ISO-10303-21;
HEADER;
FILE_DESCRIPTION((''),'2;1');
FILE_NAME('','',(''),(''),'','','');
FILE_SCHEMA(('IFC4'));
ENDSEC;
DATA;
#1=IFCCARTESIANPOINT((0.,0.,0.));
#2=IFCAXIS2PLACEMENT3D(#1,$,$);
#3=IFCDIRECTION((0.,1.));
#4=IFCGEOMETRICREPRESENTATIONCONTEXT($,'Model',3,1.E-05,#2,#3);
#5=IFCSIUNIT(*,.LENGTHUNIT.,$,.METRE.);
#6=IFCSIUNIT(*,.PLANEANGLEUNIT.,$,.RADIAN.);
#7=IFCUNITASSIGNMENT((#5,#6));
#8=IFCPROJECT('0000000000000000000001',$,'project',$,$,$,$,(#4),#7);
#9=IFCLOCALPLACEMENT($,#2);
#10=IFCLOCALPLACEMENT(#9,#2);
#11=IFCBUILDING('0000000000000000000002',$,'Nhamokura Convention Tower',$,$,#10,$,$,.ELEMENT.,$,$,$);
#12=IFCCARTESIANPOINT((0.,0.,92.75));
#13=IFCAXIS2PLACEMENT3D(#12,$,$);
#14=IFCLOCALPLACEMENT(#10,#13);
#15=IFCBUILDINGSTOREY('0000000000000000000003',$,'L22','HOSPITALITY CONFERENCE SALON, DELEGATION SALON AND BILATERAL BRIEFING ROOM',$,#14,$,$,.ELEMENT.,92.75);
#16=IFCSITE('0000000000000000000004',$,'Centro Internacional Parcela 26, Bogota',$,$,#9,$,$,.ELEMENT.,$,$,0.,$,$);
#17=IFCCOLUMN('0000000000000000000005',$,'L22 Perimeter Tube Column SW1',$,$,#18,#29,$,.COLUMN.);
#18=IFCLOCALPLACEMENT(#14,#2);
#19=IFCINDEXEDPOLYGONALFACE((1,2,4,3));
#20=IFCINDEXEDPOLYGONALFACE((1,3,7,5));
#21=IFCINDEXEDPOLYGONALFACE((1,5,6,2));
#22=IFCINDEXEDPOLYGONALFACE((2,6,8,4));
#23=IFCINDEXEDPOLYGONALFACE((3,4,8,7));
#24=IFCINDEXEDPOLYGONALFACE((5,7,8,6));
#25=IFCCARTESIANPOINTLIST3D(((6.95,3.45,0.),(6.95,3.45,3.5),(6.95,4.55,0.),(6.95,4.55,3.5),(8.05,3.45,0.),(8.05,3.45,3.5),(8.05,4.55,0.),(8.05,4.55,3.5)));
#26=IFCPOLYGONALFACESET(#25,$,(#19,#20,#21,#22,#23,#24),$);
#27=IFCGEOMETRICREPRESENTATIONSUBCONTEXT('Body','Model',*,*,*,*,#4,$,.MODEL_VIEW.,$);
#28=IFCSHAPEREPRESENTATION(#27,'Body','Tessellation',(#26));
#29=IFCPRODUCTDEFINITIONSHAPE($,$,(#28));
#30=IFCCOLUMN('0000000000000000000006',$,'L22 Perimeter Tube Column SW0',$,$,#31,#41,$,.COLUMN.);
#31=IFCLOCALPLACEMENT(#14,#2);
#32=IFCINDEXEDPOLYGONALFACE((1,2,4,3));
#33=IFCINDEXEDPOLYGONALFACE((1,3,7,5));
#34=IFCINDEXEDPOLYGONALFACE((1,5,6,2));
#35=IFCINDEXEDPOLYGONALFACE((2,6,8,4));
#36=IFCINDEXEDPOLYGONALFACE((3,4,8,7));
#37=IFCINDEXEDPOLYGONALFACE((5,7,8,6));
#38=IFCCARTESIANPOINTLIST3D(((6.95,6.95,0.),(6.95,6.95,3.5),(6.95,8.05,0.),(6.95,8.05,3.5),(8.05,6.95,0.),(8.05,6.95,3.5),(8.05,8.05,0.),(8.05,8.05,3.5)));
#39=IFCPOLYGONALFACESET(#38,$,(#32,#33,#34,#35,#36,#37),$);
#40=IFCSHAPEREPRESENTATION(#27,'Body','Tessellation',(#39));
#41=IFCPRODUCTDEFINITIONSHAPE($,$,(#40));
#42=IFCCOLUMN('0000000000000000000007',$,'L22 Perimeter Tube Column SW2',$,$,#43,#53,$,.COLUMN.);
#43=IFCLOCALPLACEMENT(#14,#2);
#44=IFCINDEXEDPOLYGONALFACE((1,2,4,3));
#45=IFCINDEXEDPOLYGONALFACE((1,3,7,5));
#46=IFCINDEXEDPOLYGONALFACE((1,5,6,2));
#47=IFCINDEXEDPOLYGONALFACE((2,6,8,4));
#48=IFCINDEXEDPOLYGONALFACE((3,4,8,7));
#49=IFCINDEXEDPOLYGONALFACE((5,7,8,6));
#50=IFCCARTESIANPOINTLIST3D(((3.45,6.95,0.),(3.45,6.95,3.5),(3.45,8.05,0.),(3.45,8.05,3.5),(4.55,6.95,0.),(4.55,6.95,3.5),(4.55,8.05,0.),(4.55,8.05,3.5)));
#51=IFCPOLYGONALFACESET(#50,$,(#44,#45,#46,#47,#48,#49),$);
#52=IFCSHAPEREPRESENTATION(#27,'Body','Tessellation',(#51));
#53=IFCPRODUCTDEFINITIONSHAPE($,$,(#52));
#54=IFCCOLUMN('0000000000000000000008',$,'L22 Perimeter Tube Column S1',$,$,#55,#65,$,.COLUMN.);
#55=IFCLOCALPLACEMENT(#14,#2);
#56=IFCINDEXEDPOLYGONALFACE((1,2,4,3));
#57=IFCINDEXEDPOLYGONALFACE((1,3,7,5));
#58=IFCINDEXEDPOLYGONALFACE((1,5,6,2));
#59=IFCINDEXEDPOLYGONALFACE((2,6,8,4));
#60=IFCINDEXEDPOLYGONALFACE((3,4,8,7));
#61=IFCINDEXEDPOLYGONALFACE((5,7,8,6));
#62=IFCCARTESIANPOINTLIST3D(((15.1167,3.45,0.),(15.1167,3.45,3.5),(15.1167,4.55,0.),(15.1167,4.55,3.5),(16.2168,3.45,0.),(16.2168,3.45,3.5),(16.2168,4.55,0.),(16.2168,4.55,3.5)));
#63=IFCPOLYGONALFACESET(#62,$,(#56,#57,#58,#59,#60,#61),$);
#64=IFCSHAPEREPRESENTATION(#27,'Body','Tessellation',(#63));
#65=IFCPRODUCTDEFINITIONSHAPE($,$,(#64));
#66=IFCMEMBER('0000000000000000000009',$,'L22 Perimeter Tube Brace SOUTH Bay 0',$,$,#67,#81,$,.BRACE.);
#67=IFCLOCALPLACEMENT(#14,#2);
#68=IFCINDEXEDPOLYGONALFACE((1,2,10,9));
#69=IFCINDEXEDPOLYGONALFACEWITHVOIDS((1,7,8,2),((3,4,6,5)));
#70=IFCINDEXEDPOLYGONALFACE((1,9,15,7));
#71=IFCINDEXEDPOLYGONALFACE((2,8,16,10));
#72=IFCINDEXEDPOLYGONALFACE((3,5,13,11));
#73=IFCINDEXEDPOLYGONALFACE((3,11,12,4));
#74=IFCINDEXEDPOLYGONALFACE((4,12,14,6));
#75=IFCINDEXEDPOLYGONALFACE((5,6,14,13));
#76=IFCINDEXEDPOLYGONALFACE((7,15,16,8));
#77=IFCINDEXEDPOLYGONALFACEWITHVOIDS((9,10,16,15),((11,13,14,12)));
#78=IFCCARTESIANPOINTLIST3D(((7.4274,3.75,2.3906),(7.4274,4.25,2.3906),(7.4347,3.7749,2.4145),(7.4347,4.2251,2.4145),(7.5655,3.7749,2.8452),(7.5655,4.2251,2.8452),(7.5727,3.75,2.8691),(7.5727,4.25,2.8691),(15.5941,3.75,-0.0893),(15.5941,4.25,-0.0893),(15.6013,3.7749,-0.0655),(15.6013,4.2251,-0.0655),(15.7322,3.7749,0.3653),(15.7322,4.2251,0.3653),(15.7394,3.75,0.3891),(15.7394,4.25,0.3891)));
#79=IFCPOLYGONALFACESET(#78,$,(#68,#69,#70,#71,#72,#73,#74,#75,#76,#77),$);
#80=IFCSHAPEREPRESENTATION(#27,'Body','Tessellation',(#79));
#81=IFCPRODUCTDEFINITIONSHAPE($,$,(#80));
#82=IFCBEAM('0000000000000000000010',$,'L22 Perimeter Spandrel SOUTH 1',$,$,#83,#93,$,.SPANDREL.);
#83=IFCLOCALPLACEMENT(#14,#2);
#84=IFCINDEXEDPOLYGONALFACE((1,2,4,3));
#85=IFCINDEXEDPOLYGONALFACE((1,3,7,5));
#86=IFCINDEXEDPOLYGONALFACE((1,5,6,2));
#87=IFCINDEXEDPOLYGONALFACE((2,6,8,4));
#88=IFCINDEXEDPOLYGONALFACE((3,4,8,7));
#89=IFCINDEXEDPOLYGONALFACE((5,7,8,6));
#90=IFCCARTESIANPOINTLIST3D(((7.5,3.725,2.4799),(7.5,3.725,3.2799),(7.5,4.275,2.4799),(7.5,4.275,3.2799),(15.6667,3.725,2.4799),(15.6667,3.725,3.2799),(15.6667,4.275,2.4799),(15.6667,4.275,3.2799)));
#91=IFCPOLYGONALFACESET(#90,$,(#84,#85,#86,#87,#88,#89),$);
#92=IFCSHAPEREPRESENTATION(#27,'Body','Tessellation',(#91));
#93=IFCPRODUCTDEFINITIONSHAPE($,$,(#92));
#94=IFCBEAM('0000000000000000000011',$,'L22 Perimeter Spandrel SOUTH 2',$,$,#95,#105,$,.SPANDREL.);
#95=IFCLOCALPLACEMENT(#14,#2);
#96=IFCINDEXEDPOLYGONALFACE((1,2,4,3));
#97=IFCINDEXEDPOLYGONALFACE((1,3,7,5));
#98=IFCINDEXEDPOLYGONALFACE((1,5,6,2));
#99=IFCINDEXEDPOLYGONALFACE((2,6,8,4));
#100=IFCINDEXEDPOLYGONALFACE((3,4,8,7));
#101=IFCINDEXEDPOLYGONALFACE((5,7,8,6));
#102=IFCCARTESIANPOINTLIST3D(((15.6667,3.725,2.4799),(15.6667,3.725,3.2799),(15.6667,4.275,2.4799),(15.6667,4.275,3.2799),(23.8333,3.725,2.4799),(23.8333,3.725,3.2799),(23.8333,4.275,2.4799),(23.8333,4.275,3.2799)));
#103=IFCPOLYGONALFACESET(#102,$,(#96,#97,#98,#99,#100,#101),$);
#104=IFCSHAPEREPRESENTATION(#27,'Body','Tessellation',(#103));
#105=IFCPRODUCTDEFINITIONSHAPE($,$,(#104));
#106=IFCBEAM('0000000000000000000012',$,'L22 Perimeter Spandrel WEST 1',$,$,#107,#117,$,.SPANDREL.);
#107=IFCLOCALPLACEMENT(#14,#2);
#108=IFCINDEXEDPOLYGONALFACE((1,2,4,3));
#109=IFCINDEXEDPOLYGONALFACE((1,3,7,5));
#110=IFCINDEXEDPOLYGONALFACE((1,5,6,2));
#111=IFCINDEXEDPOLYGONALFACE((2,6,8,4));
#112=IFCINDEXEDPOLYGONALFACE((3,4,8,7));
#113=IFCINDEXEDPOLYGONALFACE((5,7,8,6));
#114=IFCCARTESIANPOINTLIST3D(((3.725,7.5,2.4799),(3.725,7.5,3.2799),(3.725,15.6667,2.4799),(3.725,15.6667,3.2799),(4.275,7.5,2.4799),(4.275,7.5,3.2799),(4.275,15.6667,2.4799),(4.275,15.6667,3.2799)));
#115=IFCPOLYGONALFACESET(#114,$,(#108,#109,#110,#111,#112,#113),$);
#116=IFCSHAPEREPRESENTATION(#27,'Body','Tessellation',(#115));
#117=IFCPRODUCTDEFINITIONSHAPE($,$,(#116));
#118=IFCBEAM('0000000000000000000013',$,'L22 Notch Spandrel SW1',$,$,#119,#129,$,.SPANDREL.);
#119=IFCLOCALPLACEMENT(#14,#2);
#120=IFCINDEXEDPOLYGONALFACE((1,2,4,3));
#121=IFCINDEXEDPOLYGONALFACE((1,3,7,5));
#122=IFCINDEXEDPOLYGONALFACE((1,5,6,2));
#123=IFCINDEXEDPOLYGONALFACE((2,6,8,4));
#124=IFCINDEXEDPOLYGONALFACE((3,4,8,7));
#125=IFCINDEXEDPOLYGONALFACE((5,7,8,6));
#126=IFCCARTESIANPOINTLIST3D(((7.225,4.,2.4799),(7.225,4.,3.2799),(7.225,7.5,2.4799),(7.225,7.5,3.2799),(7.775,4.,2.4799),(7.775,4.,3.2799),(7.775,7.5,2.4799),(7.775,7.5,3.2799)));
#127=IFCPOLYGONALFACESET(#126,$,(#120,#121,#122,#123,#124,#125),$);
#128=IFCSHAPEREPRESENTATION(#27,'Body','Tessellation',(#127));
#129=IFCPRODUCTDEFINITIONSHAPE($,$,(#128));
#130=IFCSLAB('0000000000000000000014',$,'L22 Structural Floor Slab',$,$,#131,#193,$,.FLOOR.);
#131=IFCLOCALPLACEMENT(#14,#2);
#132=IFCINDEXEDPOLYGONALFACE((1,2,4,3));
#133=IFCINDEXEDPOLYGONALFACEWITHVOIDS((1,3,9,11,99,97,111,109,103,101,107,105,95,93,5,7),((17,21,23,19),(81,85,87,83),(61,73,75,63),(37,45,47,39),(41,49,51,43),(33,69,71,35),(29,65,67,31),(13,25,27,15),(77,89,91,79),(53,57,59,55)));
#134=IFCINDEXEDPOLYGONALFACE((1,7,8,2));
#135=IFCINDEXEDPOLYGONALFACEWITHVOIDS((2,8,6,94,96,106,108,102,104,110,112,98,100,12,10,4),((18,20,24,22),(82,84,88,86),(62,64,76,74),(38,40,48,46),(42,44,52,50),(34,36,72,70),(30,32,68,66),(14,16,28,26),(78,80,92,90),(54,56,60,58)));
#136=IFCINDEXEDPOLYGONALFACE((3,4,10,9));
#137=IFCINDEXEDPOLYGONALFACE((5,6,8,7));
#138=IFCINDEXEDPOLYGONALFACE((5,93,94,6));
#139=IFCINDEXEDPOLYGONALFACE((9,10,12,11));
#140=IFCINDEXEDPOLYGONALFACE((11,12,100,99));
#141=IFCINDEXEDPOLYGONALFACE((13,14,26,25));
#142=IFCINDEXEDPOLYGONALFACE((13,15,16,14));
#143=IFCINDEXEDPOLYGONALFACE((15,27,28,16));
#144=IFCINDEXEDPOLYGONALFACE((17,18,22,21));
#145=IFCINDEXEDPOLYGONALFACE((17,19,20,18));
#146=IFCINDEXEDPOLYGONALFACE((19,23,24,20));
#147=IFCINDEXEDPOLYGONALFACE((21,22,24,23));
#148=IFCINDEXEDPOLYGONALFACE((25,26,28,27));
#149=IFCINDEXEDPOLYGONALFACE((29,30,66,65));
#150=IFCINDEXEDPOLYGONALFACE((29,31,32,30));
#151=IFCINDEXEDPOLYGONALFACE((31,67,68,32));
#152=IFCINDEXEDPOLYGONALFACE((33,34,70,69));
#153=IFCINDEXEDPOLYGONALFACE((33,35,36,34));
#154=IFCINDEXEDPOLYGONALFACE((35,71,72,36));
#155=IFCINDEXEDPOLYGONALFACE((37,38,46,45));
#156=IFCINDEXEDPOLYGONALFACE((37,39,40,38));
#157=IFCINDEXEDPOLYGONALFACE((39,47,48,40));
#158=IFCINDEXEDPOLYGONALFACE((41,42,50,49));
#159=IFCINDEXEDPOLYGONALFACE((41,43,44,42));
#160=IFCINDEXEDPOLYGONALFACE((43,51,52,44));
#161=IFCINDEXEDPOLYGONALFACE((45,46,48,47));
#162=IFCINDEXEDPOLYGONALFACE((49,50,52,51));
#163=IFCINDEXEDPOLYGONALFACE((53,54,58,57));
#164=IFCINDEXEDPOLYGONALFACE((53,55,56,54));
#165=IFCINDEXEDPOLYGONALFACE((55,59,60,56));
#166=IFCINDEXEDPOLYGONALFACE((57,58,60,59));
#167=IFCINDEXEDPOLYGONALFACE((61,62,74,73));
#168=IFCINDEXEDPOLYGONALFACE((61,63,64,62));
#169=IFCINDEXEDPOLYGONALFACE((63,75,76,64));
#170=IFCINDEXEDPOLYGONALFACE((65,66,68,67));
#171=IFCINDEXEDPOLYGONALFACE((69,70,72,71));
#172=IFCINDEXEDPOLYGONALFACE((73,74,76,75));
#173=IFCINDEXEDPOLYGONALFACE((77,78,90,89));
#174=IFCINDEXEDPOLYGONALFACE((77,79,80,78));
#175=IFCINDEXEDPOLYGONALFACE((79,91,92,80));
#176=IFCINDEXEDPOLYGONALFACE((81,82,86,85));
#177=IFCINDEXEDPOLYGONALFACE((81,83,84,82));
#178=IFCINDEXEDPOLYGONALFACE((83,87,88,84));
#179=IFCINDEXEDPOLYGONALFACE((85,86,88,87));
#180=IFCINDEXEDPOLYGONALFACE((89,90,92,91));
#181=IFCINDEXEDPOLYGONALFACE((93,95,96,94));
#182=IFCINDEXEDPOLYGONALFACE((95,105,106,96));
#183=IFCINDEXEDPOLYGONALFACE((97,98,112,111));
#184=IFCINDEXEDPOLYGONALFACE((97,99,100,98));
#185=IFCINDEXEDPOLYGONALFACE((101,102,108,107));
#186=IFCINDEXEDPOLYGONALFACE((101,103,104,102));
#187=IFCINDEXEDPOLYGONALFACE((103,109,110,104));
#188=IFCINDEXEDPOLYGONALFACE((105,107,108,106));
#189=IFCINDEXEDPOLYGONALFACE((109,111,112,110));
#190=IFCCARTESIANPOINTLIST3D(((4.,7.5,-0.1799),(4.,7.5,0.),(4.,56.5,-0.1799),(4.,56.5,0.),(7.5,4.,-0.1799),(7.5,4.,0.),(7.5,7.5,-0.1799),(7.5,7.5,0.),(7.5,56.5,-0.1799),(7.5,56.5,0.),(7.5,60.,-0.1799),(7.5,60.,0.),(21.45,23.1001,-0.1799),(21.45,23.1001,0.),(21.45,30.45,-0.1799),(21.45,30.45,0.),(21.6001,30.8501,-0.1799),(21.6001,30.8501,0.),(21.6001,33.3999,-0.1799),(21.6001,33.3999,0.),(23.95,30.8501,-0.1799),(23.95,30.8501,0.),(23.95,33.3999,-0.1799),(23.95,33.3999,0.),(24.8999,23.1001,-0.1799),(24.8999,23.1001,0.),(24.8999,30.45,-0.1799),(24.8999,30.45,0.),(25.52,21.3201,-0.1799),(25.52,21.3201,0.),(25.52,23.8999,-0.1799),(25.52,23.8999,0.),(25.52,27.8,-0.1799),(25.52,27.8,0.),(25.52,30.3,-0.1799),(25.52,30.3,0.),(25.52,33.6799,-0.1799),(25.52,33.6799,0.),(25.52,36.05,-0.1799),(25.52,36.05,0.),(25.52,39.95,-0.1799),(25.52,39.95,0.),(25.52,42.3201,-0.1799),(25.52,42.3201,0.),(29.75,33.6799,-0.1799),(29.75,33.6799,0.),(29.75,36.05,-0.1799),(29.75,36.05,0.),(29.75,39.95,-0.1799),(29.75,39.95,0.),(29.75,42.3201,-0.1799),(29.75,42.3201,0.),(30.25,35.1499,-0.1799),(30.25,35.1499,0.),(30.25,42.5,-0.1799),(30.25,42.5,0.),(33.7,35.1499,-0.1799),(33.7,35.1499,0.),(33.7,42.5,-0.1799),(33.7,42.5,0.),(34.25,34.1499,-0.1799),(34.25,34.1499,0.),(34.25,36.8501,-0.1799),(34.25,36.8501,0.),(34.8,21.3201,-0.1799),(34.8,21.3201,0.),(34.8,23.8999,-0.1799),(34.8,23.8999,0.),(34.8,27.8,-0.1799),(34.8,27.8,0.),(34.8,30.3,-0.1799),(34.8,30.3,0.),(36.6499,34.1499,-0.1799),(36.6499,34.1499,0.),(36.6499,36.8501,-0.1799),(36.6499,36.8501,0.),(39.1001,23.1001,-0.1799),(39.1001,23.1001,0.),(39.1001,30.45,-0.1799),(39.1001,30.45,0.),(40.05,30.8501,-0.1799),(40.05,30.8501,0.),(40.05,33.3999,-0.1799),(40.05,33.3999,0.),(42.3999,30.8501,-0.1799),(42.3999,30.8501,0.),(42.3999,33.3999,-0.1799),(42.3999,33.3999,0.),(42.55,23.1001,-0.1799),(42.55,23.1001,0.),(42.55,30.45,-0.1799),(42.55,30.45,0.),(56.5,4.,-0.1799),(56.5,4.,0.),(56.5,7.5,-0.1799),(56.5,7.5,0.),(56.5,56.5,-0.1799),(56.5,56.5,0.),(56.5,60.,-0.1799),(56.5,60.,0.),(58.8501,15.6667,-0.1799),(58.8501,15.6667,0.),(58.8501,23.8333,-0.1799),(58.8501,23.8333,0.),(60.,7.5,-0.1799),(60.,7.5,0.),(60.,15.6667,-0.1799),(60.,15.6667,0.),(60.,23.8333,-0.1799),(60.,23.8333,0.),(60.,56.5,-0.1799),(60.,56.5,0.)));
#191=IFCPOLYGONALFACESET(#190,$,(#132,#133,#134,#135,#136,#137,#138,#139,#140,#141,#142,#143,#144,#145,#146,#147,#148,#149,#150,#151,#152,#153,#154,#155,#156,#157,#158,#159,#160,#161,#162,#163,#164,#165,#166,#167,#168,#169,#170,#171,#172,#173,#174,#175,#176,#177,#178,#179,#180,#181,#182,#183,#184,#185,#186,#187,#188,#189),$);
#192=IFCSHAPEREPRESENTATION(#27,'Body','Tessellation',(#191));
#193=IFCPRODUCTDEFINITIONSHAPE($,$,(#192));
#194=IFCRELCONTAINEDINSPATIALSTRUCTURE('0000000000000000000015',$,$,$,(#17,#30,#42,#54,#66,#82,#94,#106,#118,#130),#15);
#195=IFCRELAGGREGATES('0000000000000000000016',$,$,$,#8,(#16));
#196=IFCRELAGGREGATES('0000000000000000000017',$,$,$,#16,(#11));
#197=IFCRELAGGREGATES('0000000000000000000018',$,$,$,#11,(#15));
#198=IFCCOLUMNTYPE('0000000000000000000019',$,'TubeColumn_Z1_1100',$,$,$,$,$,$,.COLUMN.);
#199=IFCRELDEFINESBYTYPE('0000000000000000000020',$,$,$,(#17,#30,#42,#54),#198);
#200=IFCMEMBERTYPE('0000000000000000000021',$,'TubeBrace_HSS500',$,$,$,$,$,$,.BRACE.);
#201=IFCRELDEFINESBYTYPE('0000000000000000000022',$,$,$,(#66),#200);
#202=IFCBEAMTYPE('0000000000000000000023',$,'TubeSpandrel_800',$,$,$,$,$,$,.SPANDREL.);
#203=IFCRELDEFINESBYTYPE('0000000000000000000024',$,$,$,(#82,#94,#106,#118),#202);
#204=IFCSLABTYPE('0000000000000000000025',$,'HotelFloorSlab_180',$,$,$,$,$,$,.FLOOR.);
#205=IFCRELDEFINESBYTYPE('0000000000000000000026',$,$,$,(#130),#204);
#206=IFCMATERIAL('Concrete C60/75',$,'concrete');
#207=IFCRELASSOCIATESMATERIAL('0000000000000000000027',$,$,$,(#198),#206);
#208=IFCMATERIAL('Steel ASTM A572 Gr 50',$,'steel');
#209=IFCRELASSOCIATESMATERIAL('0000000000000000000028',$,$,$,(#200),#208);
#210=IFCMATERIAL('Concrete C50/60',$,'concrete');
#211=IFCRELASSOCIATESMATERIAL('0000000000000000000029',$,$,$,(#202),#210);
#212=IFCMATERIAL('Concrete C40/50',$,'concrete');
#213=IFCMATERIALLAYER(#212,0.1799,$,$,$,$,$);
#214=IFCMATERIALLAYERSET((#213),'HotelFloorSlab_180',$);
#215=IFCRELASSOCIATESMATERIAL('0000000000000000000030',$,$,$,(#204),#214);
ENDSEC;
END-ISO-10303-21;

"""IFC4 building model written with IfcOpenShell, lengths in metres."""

from ifc_helpers import new_model, si_unit, direction, frame, origin, origin_2d, place, context, subcontext, project, spatial, polyline, rectangle, hollow_rectangle, outline, extrude, material, layer, layer_set, material_profile, profile_set, type_object, element, save


model = new_model("IFC4")

# Units and contexts
model_context = context("Model", 3, precision=1e-05, world=origin(), true_north=direction((0.0, 1.0)))
body_context = subcontext(model_context, "Body", "Model", "MODEL_VIEW")
ifc_project = project(units=[si_unit("LENGTHUNIT", "METRE"), si_unit("PLANEANGLEUNIT", "RADIAN")], contexts=[model_context])

# Site, building, storey
site_placement = place(None, origin())
site = spatial("IfcSite", under=ifc_project, at=site_placement, Name="Centro Internacional Parcela 26, Bogota", CompositionType="ELEMENT", RefElevation=0.0)
building_placement = place(site_placement, origin())
building = spatial("IfcBuilding", under=site, at=building_placement, Name="Nhamokura Convention Tower", CompositionType="ELEMENT")
storey_placement = place(building_placement, frame((0.0, 0.0, 92.75)))
storey = spatial("IfcBuildingStorey", under=building, at=storey_placement, Name="L22", Description="HOSPITALITY CONFERENCE SALON, DELEGATION SALON AND BILATERAL BRIEFING ROOM", CompositionType="ELEMENT", Elevation=92.75)

# Columns
ifc_material_1 = material(Name="Concrete C60/75", Category="concrete")
ifc_material_profile_1 = material_profile(ifc_material_1, rectangle(XDim=1.1001, YDim=1.1001, at=origin_2d()))
ifc_profile_set_1 = profile_set([ifc_material_profile_1], Name="Concrete C60/75")
column_type = type_object("IfcColumnType", Name="TubeColumn_Z1_1100", PredefinedType="COLUMN", material=ifc_profile_set_1)
for number, where, z_axis, x_axis, name in (
    (1, (7.5, 4.0, 0.0), (0.0, 0.0, 1.0), (1.0, 0.0, 0.0), "L22 Perimeter Tube Column SW1"),
    (2, (7.5, 7.5, 0.0), (0.0, 0.0, 1.0), (1.0, 0.0, 0.0), "L22 Perimeter Tube Column SW0"),
    (3, (4.0, 7.5, 0.0), (0.0, 0.0, 1.0), (1.0, 0.0, 0.0), "L22 Perimeter Tube Column SW2"),
    (4, (15.6667, 4.0, 0.0), (0.0, 0.0, 1.0), (1.0, 0.0, 0.0), "L22 Perimeter Tube Column S1"),
):
    element("IfcColumn", number, at=place(storey_placement, frame(where, z_axis=z_axis, x_axis=x_axis)), inside=storey, type_object=column_type, Name=name, PredefinedType="COLUMN", context=body_context, shape_type="SweptSolid", body=[
        extrude(rectangle(XDim=1.1001, YDim=1.1001, at=origin_2d()), origin(), (0.0, 0.0, 1.0), 3.5),
    ])

# Member
ifc_material_2 = material(Name="Steel ASTM A572 Gr 50", Category="steel")
ifc_material_profile_2 = material_profile(ifc_material_2, hollow_rectangle(XDim=0.5, YDim=0.5, WallThickness=0.0249, at=origin_2d()))
ifc_profile_set_2 = profile_set([ifc_material_profile_2], Name="Steel ASTM A572 Gr 50")
member_type = type_object("IfcMemberType", Name="TubeBrace_HSS500", PredefinedType="BRACE", material=ifc_profile_set_2)
member_placement = place(storey_placement, frame((15.6667, 4.0, 0.1499), z_axis=(-0.956855, 0.0, 0.290566), x_axis=(0.0, -1.0, 0.0)))
element("IfcMember", 5, at=member_placement, inside=storey, type_object=member_type, Name="L22 Perimeter Tube Brace SOUTH Bay 0", PredefinedType="BRACE", context=body_context, shape_type="SweptSolid", body=[
    extrude(hollow_rectangle(XDim=0.5, YDim=0.5, WallThickness=0.0249, at=origin_2d()), origin(), (0.0, 0.0, 1.0), 8.5349),
])

# Beams
ifc_material_3 = material(Name="Concrete C50/60", Category="concrete")
ifc_material_profile_3 = material_profile(ifc_material_3, rectangle(XDim=0.55, YDim=0.8, at=origin_2d()))
ifc_profile_set_3 = profile_set([ifc_material_profile_3], Name="Concrete C50/60")
beam_type = type_object("IfcBeamType", Name="TubeSpandrel_800", PredefinedType="SPANDREL", material=ifc_profile_set_3)
beam_1_placement = place(storey_placement, frame((7.5, 4.0, 2.8799), z_axis=(1.0, 0.0, 0.0), x_axis=(0.0, 1.0, 0.0)))
element("IfcBeam", 6, at=beam_1_placement, inside=storey, type_object=beam_type, Name="L22 Perimeter Spandrel SOUTH 1", PredefinedType="SPANDREL", context=body_context, shape_type="SweptSolid", body=[
    extrude(rectangle(XDim=0.55, YDim=0.8, at=origin_2d()), origin(), (0.0, 0.0, 1.0), 8.1667),
])
beam_2_placement = place(storey_placement, frame((15.6667, 4.0, 2.8799), z_axis=(1.0, 0.0, 0.0), x_axis=(0.0, 1.0, 0.0)))
element("IfcBeam", 7, at=beam_2_placement, inside=storey, type_object=beam_type, Name="L22 Perimeter Spandrel SOUTH 2", PredefinedType="SPANDREL", context=body_context, shape_type="SweptSolid", body=[
    extrude(rectangle(XDim=0.55, YDim=0.8, at=origin_2d()), origin(), (0.0, 0.0, 1.0), 8.1665),
])
beam_3_placement = place(storey_placement, frame((4.0, 7.5, 2.8799), z_axis=(0.0, 1.0, 0.0), x_axis=(-1.0, 0.0, 0.0)))
element("IfcBeam", 8, at=beam_3_placement, inside=storey, type_object=beam_type, Name="L22 Perimeter Spandrel WEST 1", PredefinedType="SPANDREL", context=body_context, shape_type="SweptSolid", body=[
    extrude(rectangle(XDim=0.55, YDim=0.8, at=origin_2d()), origin(), (0.0, 0.0, 1.0), 8.1667),
])
beam_4_placement = place(storey_placement, frame((7.5, 4.0, 2.8799), z_axis=(0.0, 1.0, 0.0), x_axis=(-1.0, 0.0, 0.0)))
element("IfcBeam", 9, at=beam_4_placement, inside=storey, type_object=beam_type, Name="L22 Notch Spandrel SW1", PredefinedType="SPANDREL", context=body_context, shape_type="SweptSolid", body=[
    extrude(rectangle(XDim=0.55, YDim=0.8, at=origin_2d()), origin(), (0.0, 0.0, 1.0), 3.5),
])

# Slab
ifc_material_4 = material(Name="Concrete C40/50", Category="concrete")
ifc_layer_1 = layer(ifc_material_4, 0.1799)
ifc_layer_set_1 = layer_set([ifc_layer_1], Name="HotelFloorSlab_180")
slab_type_1 = type_object("IfcSlabType", Name="HotelFloorSlab_180", PredefinedType="FLOOR", material=ifc_layer_set_1)
slab_1_placement = place(storey_placement, frame((0.0, 0.0, -0.1799)))
element("IfcSlab", 10, at=slab_1_placement, inside=storey, type_object=slab_type_1, Name="L22 Structural Floor Slab", PredefinedType="FLOOR", context=body_context, shape_type="SweptSolid", body=[
    extrude(outline(polyline([(7.5, 4.0), (56.5, 4.0), (56.5, 7.5), (60.0, 7.5), (60.0, 15.6667), (58.8501, 15.6667), (58.8501, 23.8333), (60.0, 23.8333), (60.0, 56.5), (56.5, 56.5), (56.5, 60.0), (7.5, 60.0), (7.5, 56.5), (4.0, 56.5), (4.0, 7.5), (7.5, 7.5), (7.5, 4.0)]), holes=[polyline([(24.8999, 23.1001), (24.8999, 30.45), (21.45, 30.45), (21.45, 23.1001), (24.8999, 23.1001)]), polyline([(42.55, 23.1001), (42.55, 30.45), (39.1001, 30.45), (39.1001, 23.1001), (42.55, 23.1001)]), polyline([(33.7, 35.1499), (33.7, 42.5), (30.25, 42.5), (30.25, 35.1499), (33.7, 35.1499)]), polyline([(21.6001, 30.8501), (23.95, 30.8501), (23.95, 33.3999), (21.6001, 33.3999), (21.6001, 30.8501)]), polyline([(40.05, 30.8501), (42.3999, 30.8501), (42.3999, 33.3999), (40.05, 33.3999), (40.05, 30.8501)]), polyline([(34.25, 34.1499), (36.6499, 34.1499), (36.6499, 36.8501), (34.25, 36.8501), (34.25, 34.1499)]), polyline([(25.52, 21.3201), (34.8, 21.3201), (34.8, 23.8999), (25.52, 23.8999), (25.52, 21.3201)]), polyline([(25.52, 27.8), (34.8, 27.8), (34.8, 30.3), (25.52, 30.3), (25.52, 27.8)]), polyline([(25.52, 33.6799), (29.75, 33.6799), (29.75, 36.05), (25.52, 36.05), (25.52, 33.6799)]), polyline([(25.52, 39.95), (29.75, 39.95), (29.75, 42.3201), (25.52, 42.3201), (25.52, 39.95)])]), origin(), (0.0, 0.0, 1.0), 0.1799),
])

save(model, "model.ifc")
